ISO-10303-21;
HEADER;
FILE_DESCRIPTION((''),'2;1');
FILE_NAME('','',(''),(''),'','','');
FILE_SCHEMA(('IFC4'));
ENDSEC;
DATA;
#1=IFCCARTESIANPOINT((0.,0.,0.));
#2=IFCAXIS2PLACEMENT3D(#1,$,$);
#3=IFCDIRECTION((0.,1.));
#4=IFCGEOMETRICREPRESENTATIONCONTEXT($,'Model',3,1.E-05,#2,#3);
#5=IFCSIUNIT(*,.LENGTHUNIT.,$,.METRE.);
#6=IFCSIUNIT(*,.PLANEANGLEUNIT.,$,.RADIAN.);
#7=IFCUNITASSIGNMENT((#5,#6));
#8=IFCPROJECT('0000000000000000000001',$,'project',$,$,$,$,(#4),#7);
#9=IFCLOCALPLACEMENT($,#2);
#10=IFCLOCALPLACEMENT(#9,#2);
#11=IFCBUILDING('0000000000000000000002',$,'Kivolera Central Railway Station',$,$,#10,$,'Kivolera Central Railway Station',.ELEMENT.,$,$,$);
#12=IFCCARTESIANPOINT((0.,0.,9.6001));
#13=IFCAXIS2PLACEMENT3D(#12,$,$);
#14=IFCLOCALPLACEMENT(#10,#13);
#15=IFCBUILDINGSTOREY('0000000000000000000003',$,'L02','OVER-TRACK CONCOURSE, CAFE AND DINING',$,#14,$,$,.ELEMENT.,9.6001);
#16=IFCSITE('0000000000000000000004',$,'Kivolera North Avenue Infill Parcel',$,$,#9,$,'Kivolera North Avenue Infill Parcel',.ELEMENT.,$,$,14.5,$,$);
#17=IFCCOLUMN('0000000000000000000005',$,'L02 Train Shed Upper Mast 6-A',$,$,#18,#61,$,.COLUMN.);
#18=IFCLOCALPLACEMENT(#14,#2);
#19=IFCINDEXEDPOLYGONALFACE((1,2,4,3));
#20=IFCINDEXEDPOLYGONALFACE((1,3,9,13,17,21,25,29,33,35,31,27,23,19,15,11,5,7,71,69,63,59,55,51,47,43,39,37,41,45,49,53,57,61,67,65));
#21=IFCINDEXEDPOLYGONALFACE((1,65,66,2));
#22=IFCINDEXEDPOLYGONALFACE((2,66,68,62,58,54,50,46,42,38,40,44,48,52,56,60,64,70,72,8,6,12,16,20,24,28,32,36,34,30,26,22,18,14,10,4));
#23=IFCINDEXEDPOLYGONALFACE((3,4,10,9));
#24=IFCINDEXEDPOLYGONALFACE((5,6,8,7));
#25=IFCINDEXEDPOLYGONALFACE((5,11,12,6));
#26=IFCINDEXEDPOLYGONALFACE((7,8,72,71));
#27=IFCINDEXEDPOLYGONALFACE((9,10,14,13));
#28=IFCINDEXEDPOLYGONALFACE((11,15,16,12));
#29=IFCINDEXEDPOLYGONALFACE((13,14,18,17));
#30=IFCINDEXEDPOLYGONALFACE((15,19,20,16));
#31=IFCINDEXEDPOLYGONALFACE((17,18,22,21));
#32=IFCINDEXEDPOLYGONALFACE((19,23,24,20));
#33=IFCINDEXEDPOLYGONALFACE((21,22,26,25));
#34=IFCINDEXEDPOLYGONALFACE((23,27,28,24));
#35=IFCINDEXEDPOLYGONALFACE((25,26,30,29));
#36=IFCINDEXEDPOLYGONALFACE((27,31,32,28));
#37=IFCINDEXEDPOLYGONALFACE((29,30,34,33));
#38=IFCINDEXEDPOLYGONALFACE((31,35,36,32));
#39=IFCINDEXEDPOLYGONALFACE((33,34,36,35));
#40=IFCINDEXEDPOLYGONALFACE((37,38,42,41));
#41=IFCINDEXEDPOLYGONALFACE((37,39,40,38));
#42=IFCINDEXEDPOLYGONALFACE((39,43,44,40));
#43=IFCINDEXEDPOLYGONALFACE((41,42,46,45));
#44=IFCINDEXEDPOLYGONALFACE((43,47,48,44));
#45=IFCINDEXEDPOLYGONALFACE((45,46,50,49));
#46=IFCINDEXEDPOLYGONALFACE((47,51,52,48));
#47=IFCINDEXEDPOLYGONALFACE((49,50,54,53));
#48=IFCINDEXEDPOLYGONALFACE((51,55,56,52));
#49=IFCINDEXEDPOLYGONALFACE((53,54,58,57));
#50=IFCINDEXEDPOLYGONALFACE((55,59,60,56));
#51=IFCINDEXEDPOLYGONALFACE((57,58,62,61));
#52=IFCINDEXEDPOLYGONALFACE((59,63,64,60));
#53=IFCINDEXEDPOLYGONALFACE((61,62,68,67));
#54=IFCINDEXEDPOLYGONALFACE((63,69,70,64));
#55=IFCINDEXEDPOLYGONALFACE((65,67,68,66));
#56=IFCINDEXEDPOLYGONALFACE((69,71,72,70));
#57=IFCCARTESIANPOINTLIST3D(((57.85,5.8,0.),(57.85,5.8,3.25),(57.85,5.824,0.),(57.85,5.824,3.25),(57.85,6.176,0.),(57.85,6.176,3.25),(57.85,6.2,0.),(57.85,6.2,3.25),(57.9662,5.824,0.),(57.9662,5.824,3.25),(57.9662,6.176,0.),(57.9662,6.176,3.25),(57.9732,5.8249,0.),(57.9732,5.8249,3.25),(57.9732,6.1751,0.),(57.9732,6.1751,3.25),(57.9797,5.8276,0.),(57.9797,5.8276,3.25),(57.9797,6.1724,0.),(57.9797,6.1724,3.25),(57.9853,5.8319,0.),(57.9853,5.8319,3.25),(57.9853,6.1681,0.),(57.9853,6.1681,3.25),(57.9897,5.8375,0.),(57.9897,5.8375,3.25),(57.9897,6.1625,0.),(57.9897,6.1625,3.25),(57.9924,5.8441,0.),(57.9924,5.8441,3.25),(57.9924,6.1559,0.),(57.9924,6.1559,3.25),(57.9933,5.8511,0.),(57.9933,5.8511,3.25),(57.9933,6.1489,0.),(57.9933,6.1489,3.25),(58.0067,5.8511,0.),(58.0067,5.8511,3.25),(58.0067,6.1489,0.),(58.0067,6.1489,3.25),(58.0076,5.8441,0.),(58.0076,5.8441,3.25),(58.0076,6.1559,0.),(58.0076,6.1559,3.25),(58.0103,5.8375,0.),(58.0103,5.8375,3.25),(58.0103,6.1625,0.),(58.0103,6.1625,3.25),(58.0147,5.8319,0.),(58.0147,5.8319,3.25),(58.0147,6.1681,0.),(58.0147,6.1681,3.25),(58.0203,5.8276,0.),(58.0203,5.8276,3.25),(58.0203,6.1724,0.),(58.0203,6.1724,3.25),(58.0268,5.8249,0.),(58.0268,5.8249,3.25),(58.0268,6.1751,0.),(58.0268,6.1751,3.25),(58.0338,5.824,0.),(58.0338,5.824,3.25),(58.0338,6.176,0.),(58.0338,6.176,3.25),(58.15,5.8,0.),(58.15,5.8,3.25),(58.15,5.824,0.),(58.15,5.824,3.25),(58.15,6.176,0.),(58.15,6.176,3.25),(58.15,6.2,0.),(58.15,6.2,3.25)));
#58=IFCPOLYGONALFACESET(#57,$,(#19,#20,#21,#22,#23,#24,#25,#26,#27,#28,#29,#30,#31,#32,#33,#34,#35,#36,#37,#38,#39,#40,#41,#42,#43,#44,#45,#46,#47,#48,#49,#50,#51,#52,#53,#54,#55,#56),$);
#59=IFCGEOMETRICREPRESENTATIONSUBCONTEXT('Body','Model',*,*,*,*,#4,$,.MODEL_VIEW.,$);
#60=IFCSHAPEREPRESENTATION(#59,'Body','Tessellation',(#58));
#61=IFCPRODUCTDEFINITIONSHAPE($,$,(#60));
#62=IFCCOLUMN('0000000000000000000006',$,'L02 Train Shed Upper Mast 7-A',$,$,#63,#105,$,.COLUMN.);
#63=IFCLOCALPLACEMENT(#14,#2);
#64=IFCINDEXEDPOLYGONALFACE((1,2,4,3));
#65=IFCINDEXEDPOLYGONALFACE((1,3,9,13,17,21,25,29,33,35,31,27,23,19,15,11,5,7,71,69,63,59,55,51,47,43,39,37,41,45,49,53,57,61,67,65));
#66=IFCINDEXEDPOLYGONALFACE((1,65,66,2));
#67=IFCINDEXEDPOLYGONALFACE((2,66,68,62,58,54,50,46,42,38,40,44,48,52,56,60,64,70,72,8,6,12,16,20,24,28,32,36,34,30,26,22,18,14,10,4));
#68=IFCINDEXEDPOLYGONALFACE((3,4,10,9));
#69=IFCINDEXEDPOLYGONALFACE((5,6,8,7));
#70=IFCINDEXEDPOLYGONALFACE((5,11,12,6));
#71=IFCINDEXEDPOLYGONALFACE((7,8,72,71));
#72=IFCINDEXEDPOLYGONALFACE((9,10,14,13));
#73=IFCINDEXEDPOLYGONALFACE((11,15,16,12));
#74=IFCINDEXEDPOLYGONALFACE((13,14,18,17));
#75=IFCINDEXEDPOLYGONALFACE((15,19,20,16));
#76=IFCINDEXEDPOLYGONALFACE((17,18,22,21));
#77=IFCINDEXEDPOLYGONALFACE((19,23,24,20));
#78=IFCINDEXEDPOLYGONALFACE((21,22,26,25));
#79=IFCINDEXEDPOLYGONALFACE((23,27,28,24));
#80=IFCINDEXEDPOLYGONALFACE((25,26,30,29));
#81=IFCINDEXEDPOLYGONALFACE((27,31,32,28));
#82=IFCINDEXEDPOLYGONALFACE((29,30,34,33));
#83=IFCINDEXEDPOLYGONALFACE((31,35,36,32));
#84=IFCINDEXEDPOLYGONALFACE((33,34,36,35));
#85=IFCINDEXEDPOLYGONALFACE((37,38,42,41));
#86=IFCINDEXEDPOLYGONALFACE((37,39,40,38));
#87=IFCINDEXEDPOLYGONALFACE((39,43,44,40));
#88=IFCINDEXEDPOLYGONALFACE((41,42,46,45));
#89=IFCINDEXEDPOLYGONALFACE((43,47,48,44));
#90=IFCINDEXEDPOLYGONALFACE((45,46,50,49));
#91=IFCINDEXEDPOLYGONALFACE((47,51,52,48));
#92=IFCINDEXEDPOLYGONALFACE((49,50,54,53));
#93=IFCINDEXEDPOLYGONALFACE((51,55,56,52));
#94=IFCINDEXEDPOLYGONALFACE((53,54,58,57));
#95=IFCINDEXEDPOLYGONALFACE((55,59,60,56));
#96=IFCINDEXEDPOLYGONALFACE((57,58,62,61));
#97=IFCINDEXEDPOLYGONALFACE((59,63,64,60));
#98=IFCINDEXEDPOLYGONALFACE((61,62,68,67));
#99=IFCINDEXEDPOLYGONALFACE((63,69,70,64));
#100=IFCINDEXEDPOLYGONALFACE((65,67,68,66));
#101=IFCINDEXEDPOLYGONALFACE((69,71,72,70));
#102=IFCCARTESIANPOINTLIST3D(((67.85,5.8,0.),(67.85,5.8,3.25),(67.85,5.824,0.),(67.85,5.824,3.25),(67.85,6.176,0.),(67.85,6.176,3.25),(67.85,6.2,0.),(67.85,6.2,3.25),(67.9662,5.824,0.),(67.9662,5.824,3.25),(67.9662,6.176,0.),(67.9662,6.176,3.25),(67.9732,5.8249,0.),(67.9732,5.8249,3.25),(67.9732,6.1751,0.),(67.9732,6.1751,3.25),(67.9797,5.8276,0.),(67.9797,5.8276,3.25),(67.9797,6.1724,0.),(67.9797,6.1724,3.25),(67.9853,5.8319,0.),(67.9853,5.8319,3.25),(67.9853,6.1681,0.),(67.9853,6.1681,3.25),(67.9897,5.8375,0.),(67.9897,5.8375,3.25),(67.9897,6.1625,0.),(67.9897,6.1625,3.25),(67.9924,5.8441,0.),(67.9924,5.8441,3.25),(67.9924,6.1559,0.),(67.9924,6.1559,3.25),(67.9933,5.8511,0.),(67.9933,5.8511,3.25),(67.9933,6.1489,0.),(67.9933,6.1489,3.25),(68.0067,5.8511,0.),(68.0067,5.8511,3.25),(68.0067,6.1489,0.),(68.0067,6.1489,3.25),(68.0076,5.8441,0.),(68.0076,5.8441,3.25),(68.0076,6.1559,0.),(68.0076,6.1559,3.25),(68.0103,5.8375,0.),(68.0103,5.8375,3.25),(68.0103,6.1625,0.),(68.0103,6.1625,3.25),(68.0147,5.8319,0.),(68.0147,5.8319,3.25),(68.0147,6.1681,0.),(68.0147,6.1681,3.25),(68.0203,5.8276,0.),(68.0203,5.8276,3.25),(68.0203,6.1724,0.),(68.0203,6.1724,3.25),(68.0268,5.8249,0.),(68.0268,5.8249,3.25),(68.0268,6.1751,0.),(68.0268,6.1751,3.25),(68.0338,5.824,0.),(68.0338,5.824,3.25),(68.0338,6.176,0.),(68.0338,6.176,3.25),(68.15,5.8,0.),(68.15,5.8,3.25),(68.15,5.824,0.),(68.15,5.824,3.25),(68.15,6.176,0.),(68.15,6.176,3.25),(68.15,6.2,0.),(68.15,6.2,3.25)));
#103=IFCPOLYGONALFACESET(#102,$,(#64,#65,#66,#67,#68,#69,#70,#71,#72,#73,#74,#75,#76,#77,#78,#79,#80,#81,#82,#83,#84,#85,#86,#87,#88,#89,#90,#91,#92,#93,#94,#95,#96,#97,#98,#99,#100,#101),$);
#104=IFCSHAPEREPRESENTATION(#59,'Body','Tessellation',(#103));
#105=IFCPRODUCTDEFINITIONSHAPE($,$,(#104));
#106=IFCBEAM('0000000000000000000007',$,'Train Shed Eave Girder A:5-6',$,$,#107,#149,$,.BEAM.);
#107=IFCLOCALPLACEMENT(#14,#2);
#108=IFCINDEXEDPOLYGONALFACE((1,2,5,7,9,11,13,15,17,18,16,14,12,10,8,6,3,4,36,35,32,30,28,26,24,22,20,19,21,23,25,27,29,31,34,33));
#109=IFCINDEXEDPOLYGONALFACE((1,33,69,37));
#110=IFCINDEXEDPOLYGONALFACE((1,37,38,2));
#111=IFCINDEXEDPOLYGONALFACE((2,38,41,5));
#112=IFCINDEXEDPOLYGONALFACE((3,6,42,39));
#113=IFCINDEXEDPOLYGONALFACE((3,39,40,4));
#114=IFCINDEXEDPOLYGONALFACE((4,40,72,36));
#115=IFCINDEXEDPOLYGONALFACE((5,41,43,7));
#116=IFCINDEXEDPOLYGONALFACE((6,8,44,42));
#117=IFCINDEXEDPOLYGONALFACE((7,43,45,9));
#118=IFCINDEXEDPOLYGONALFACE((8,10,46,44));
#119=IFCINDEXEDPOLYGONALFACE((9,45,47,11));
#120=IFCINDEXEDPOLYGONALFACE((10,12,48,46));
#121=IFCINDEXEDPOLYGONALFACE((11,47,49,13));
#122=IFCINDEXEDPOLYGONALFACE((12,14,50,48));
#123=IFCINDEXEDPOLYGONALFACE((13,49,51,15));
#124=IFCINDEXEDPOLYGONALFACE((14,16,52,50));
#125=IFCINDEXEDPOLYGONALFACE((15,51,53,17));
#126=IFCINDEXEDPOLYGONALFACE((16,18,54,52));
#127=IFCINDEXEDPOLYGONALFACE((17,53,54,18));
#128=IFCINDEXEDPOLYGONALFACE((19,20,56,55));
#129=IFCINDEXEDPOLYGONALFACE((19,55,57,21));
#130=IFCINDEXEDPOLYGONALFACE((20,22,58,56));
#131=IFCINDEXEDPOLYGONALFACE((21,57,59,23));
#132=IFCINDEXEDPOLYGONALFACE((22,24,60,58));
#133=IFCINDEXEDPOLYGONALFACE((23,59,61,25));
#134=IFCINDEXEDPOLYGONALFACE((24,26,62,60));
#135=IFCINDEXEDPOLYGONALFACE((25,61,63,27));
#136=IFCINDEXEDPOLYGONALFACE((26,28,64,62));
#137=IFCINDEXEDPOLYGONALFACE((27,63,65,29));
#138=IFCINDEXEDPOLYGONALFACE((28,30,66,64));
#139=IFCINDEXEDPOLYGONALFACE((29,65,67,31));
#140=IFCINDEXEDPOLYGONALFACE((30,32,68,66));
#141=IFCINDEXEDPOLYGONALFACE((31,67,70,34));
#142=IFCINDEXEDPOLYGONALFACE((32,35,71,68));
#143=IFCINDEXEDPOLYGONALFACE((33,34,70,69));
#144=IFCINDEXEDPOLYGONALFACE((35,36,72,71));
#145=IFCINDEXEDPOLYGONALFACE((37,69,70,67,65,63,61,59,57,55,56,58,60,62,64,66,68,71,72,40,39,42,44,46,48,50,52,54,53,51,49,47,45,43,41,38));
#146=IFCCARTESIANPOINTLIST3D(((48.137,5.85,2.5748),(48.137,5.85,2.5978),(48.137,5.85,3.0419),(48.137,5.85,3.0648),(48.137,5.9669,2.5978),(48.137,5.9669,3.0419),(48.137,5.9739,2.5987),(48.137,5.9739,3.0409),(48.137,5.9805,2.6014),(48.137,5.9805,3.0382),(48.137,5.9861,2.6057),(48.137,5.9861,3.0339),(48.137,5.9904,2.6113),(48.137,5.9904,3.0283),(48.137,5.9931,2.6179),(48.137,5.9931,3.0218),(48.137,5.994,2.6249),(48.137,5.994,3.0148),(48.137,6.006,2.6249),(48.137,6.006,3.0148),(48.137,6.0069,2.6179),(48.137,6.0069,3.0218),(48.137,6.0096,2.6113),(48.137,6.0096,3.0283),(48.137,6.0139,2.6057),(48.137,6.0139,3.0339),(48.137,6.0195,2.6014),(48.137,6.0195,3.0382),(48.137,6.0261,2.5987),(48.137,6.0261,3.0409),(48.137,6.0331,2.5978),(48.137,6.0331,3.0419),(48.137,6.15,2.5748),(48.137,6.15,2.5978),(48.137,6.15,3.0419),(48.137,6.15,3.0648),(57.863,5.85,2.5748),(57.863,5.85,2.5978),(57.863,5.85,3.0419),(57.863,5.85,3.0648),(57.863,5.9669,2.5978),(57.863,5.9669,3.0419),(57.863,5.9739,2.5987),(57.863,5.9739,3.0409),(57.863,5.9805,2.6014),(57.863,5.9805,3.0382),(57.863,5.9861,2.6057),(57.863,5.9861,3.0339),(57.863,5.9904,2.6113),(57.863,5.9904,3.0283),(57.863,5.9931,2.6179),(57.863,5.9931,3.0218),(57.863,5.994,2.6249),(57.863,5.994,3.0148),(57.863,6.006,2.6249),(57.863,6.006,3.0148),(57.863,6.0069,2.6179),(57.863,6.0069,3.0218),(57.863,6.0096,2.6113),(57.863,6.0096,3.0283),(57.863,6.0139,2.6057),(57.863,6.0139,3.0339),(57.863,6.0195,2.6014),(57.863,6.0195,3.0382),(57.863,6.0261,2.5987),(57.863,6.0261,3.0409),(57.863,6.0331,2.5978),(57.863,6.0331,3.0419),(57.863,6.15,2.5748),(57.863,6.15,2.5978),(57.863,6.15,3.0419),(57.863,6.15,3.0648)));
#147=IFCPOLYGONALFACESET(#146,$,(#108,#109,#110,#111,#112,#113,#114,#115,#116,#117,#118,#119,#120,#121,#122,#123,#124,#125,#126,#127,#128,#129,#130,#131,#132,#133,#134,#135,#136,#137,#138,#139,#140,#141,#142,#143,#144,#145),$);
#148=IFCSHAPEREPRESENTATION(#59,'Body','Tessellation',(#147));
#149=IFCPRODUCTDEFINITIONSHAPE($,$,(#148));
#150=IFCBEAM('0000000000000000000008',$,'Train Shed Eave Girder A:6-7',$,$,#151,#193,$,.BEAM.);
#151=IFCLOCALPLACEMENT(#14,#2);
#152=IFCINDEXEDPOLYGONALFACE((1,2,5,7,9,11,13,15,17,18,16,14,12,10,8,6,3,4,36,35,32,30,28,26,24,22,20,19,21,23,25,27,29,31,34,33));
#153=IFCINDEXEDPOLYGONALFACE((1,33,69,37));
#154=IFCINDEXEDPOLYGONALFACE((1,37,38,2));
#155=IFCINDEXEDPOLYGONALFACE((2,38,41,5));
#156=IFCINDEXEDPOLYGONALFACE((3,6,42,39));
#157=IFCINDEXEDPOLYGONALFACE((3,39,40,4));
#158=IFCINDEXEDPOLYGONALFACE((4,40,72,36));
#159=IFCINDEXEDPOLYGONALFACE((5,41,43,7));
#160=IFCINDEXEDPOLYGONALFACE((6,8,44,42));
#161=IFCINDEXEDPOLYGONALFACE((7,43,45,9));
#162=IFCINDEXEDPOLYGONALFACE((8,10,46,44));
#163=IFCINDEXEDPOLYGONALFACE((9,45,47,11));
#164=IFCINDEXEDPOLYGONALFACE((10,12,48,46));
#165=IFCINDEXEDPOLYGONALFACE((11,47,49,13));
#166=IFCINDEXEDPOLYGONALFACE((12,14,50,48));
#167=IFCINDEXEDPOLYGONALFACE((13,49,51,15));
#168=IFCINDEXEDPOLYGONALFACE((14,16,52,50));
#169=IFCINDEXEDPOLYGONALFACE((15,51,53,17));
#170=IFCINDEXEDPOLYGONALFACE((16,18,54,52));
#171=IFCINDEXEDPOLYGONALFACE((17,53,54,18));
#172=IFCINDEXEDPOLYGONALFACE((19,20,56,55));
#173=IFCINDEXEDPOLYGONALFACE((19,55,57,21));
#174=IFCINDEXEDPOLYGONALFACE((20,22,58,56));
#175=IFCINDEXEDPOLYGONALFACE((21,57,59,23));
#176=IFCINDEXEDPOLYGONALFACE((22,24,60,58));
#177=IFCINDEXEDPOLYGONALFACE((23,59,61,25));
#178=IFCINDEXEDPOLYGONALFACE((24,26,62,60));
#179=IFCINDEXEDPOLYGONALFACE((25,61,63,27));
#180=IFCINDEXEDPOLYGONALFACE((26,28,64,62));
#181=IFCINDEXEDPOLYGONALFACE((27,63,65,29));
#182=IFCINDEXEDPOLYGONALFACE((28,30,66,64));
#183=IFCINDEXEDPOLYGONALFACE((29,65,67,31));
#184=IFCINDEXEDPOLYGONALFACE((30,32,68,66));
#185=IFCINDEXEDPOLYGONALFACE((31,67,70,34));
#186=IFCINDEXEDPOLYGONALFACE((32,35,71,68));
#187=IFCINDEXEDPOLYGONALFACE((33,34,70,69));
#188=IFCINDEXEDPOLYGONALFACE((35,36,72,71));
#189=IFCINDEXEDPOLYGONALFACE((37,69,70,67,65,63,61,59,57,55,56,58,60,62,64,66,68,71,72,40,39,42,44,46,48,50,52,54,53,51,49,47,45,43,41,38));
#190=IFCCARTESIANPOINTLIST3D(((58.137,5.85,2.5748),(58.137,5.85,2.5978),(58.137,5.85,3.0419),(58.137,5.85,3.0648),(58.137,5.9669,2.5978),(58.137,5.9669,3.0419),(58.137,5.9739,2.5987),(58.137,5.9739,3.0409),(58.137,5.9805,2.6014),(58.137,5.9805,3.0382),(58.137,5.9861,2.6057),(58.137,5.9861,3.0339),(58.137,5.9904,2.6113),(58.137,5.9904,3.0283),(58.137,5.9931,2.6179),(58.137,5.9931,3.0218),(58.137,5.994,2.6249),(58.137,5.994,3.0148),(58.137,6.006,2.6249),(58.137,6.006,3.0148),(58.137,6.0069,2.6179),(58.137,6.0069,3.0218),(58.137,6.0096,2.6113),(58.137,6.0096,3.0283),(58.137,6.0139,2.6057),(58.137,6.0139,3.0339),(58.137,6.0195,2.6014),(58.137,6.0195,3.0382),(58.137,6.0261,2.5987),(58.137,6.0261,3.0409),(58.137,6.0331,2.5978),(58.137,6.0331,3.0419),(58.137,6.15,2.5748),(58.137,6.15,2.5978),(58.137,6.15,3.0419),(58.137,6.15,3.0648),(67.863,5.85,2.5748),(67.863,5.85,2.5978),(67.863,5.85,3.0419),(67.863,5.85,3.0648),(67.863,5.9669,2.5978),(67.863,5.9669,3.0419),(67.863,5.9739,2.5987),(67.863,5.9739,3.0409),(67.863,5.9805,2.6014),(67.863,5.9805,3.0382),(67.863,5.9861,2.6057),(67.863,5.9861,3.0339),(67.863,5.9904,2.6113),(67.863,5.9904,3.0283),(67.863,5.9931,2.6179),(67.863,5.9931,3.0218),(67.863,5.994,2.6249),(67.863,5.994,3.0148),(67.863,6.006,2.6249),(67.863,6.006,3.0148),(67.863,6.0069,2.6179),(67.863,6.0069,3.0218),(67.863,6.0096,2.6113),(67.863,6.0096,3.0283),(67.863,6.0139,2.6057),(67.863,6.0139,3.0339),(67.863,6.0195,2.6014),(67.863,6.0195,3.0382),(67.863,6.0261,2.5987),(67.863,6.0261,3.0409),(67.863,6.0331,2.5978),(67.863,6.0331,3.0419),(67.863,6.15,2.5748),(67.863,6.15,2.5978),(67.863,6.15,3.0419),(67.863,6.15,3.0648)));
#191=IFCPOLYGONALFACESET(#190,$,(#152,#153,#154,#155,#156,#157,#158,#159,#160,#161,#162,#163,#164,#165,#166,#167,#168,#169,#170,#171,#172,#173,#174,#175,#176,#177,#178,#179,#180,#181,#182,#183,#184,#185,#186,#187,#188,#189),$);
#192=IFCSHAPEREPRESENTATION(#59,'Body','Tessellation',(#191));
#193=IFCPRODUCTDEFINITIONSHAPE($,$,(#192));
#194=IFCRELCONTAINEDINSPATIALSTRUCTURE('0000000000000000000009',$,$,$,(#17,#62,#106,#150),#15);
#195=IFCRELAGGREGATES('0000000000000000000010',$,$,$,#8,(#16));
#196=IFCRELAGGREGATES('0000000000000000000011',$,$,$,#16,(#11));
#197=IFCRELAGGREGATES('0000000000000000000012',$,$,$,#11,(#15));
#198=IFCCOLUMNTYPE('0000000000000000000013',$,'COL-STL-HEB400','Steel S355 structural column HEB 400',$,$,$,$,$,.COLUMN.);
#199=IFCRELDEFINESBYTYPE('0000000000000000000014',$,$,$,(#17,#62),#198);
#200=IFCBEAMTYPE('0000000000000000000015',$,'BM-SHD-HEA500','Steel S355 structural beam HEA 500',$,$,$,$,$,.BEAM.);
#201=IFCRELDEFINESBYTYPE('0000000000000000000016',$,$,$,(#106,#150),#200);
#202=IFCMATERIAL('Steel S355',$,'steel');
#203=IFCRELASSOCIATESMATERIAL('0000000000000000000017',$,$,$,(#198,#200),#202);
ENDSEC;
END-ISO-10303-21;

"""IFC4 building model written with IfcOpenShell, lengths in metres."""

from ifc_helpers import new_model, si_unit, direction, frame, origin, origin_2d, place, context, subcontext, project, spatial, i_section, extrude, material, material_profile, profile_set, type_object, element, save


model = new_model("IFC4")

# Units and contexts
model_context = context("Model", 3, precision=1e-05, world=origin(), true_north=direction((0.0, 1.0)))
body_context = subcontext(model_context, "Body", "Model", "MODEL_VIEW")
ifc_project = project(units=[si_unit("LENGTHUNIT", "METRE"), si_unit("PLANEANGLEUNIT", "RADIAN")], contexts=[model_context])

# Site, building, storey
site_placement = place(None, origin())
site = spatial("IfcSite", under=ifc_project, at=site_placement, Name="Kivolera North Avenue Infill Parcel", LongName="Kivolera North Avenue Infill Parcel", CompositionType="ELEMENT", RefElevation=14.5)
building_placement = place(site_placement, origin())
building = spatial("IfcBuilding", under=site, at=building_placement, Name="Kivolera Central Railway Station", LongName="Kivolera Central Railway Station", CompositionType="ELEMENT")
storey_placement = place(building_placement, frame((0.0, 0.0, 9.6001)))
storey = spatial("IfcBuildingStorey", under=building, at=storey_placement, Name="L02", Description="OVER-TRACK CONCOURSE, CAFE AND DINING", CompositionType="ELEMENT", Elevation=9.6001)

# Columns
ifc_material_1 = material(Name="Steel S355", Category="steel")
ifc_material_profile_1 = material_profile(ifc_material_1, i_section(OverallWidth=0.3, OverallDepth=0.3999, WebThickness=0.0134, FlangeThickness=0.0239, FilletRadius=0.0271, at=origin_2d()), Name="HEB 400")
ifc_profile_set_1 = profile_set([ifc_material_profile_1], Name="Steel S355")
column_type = type_object("IfcColumnType", Name="COL-STL-HEB400", Description="Steel S355 structural column HEB 400", PredefinedType="COLUMN", material=ifc_profile_set_1)
for number, where, z_axis, x_axis, name in (
    (1, (58.0, 6.0, 0.0), (0.0, 0.0, 1.0), (1.0, 0.0, 0.0), "L02 Train Shed Upper Mast 6-A"),
    (2, (68.0, 6.0, 0.0), (0.0, 0.0, 1.0), (1.0, 0.0, 0.0), "L02 Train Shed Upper Mast 7-A"),
):
    element("IfcColumn", number, at=place(storey_placement, frame(where, z_axis=z_axis, x_axis=x_axis)), inside=storey, type_object=column_type, Name=name, PredefinedType="COLUMN", context=body_context, shape_type="SweptSolid", body=[
        extrude(i_section(OverallWidth=0.3, OverallDepth=0.3999, WebThickness=0.0134, FlangeThickness=0.0239, FilletRadius=0.0271, at=origin_2d()), origin(), (0.0, 0.0, 1.0), 3.25),
    ])

# Beams
ifc_material_profile_2 = material_profile(ifc_material_1, i_section(OverallWidth=0.3, OverallDepth=0.49, WebThickness=0.012, FlangeThickness=0.0229, FilletRadius=0.0271, at=origin_2d()), Name="HEA 500")
ifc_profile_set_2 = profile_set([ifc_material_profile_2], Name="Steel S355")
beam_type_1 = type_object("IfcBeamType", Name="BM-SHD-HEA500", Description="Steel S355 structural beam HEA 500", PredefinedType="BEAM", material=ifc_profile_set_2)
for number, where, z_axis, x_axis, name in (
    (3, (48.137, 6.0, 2.8198), (1.0, 0.0, 0.0), (0.0, 1.0, 0.0), "Train Shed Eave Girder A:5-6"),
    (4, (58.137, 6.0, 2.8198), (1.0, 0.0, 0.0), (0.0, 1.0, 0.0), "Train Shed Eave Girder A:6-7"),
):
    element("IfcBeam", number, at=place(storey_placement, frame(where, z_axis=z_axis, x_axis=x_axis)), inside=storey, type_object=beam_type_1, Name=name, PredefinedType="BEAM", context=body_context, shape_type="SweptSolid", body=[
        extrude(i_section(OverallWidth=0.3, OverallDepth=0.49, WebThickness=0.012, FlangeThickness=0.0229, FilletRadius=0.0271, at=origin_2d()), origin(), (0.0, 0.0, 1.0), 9.7261),
    ])

save(model, "model.ifc")
